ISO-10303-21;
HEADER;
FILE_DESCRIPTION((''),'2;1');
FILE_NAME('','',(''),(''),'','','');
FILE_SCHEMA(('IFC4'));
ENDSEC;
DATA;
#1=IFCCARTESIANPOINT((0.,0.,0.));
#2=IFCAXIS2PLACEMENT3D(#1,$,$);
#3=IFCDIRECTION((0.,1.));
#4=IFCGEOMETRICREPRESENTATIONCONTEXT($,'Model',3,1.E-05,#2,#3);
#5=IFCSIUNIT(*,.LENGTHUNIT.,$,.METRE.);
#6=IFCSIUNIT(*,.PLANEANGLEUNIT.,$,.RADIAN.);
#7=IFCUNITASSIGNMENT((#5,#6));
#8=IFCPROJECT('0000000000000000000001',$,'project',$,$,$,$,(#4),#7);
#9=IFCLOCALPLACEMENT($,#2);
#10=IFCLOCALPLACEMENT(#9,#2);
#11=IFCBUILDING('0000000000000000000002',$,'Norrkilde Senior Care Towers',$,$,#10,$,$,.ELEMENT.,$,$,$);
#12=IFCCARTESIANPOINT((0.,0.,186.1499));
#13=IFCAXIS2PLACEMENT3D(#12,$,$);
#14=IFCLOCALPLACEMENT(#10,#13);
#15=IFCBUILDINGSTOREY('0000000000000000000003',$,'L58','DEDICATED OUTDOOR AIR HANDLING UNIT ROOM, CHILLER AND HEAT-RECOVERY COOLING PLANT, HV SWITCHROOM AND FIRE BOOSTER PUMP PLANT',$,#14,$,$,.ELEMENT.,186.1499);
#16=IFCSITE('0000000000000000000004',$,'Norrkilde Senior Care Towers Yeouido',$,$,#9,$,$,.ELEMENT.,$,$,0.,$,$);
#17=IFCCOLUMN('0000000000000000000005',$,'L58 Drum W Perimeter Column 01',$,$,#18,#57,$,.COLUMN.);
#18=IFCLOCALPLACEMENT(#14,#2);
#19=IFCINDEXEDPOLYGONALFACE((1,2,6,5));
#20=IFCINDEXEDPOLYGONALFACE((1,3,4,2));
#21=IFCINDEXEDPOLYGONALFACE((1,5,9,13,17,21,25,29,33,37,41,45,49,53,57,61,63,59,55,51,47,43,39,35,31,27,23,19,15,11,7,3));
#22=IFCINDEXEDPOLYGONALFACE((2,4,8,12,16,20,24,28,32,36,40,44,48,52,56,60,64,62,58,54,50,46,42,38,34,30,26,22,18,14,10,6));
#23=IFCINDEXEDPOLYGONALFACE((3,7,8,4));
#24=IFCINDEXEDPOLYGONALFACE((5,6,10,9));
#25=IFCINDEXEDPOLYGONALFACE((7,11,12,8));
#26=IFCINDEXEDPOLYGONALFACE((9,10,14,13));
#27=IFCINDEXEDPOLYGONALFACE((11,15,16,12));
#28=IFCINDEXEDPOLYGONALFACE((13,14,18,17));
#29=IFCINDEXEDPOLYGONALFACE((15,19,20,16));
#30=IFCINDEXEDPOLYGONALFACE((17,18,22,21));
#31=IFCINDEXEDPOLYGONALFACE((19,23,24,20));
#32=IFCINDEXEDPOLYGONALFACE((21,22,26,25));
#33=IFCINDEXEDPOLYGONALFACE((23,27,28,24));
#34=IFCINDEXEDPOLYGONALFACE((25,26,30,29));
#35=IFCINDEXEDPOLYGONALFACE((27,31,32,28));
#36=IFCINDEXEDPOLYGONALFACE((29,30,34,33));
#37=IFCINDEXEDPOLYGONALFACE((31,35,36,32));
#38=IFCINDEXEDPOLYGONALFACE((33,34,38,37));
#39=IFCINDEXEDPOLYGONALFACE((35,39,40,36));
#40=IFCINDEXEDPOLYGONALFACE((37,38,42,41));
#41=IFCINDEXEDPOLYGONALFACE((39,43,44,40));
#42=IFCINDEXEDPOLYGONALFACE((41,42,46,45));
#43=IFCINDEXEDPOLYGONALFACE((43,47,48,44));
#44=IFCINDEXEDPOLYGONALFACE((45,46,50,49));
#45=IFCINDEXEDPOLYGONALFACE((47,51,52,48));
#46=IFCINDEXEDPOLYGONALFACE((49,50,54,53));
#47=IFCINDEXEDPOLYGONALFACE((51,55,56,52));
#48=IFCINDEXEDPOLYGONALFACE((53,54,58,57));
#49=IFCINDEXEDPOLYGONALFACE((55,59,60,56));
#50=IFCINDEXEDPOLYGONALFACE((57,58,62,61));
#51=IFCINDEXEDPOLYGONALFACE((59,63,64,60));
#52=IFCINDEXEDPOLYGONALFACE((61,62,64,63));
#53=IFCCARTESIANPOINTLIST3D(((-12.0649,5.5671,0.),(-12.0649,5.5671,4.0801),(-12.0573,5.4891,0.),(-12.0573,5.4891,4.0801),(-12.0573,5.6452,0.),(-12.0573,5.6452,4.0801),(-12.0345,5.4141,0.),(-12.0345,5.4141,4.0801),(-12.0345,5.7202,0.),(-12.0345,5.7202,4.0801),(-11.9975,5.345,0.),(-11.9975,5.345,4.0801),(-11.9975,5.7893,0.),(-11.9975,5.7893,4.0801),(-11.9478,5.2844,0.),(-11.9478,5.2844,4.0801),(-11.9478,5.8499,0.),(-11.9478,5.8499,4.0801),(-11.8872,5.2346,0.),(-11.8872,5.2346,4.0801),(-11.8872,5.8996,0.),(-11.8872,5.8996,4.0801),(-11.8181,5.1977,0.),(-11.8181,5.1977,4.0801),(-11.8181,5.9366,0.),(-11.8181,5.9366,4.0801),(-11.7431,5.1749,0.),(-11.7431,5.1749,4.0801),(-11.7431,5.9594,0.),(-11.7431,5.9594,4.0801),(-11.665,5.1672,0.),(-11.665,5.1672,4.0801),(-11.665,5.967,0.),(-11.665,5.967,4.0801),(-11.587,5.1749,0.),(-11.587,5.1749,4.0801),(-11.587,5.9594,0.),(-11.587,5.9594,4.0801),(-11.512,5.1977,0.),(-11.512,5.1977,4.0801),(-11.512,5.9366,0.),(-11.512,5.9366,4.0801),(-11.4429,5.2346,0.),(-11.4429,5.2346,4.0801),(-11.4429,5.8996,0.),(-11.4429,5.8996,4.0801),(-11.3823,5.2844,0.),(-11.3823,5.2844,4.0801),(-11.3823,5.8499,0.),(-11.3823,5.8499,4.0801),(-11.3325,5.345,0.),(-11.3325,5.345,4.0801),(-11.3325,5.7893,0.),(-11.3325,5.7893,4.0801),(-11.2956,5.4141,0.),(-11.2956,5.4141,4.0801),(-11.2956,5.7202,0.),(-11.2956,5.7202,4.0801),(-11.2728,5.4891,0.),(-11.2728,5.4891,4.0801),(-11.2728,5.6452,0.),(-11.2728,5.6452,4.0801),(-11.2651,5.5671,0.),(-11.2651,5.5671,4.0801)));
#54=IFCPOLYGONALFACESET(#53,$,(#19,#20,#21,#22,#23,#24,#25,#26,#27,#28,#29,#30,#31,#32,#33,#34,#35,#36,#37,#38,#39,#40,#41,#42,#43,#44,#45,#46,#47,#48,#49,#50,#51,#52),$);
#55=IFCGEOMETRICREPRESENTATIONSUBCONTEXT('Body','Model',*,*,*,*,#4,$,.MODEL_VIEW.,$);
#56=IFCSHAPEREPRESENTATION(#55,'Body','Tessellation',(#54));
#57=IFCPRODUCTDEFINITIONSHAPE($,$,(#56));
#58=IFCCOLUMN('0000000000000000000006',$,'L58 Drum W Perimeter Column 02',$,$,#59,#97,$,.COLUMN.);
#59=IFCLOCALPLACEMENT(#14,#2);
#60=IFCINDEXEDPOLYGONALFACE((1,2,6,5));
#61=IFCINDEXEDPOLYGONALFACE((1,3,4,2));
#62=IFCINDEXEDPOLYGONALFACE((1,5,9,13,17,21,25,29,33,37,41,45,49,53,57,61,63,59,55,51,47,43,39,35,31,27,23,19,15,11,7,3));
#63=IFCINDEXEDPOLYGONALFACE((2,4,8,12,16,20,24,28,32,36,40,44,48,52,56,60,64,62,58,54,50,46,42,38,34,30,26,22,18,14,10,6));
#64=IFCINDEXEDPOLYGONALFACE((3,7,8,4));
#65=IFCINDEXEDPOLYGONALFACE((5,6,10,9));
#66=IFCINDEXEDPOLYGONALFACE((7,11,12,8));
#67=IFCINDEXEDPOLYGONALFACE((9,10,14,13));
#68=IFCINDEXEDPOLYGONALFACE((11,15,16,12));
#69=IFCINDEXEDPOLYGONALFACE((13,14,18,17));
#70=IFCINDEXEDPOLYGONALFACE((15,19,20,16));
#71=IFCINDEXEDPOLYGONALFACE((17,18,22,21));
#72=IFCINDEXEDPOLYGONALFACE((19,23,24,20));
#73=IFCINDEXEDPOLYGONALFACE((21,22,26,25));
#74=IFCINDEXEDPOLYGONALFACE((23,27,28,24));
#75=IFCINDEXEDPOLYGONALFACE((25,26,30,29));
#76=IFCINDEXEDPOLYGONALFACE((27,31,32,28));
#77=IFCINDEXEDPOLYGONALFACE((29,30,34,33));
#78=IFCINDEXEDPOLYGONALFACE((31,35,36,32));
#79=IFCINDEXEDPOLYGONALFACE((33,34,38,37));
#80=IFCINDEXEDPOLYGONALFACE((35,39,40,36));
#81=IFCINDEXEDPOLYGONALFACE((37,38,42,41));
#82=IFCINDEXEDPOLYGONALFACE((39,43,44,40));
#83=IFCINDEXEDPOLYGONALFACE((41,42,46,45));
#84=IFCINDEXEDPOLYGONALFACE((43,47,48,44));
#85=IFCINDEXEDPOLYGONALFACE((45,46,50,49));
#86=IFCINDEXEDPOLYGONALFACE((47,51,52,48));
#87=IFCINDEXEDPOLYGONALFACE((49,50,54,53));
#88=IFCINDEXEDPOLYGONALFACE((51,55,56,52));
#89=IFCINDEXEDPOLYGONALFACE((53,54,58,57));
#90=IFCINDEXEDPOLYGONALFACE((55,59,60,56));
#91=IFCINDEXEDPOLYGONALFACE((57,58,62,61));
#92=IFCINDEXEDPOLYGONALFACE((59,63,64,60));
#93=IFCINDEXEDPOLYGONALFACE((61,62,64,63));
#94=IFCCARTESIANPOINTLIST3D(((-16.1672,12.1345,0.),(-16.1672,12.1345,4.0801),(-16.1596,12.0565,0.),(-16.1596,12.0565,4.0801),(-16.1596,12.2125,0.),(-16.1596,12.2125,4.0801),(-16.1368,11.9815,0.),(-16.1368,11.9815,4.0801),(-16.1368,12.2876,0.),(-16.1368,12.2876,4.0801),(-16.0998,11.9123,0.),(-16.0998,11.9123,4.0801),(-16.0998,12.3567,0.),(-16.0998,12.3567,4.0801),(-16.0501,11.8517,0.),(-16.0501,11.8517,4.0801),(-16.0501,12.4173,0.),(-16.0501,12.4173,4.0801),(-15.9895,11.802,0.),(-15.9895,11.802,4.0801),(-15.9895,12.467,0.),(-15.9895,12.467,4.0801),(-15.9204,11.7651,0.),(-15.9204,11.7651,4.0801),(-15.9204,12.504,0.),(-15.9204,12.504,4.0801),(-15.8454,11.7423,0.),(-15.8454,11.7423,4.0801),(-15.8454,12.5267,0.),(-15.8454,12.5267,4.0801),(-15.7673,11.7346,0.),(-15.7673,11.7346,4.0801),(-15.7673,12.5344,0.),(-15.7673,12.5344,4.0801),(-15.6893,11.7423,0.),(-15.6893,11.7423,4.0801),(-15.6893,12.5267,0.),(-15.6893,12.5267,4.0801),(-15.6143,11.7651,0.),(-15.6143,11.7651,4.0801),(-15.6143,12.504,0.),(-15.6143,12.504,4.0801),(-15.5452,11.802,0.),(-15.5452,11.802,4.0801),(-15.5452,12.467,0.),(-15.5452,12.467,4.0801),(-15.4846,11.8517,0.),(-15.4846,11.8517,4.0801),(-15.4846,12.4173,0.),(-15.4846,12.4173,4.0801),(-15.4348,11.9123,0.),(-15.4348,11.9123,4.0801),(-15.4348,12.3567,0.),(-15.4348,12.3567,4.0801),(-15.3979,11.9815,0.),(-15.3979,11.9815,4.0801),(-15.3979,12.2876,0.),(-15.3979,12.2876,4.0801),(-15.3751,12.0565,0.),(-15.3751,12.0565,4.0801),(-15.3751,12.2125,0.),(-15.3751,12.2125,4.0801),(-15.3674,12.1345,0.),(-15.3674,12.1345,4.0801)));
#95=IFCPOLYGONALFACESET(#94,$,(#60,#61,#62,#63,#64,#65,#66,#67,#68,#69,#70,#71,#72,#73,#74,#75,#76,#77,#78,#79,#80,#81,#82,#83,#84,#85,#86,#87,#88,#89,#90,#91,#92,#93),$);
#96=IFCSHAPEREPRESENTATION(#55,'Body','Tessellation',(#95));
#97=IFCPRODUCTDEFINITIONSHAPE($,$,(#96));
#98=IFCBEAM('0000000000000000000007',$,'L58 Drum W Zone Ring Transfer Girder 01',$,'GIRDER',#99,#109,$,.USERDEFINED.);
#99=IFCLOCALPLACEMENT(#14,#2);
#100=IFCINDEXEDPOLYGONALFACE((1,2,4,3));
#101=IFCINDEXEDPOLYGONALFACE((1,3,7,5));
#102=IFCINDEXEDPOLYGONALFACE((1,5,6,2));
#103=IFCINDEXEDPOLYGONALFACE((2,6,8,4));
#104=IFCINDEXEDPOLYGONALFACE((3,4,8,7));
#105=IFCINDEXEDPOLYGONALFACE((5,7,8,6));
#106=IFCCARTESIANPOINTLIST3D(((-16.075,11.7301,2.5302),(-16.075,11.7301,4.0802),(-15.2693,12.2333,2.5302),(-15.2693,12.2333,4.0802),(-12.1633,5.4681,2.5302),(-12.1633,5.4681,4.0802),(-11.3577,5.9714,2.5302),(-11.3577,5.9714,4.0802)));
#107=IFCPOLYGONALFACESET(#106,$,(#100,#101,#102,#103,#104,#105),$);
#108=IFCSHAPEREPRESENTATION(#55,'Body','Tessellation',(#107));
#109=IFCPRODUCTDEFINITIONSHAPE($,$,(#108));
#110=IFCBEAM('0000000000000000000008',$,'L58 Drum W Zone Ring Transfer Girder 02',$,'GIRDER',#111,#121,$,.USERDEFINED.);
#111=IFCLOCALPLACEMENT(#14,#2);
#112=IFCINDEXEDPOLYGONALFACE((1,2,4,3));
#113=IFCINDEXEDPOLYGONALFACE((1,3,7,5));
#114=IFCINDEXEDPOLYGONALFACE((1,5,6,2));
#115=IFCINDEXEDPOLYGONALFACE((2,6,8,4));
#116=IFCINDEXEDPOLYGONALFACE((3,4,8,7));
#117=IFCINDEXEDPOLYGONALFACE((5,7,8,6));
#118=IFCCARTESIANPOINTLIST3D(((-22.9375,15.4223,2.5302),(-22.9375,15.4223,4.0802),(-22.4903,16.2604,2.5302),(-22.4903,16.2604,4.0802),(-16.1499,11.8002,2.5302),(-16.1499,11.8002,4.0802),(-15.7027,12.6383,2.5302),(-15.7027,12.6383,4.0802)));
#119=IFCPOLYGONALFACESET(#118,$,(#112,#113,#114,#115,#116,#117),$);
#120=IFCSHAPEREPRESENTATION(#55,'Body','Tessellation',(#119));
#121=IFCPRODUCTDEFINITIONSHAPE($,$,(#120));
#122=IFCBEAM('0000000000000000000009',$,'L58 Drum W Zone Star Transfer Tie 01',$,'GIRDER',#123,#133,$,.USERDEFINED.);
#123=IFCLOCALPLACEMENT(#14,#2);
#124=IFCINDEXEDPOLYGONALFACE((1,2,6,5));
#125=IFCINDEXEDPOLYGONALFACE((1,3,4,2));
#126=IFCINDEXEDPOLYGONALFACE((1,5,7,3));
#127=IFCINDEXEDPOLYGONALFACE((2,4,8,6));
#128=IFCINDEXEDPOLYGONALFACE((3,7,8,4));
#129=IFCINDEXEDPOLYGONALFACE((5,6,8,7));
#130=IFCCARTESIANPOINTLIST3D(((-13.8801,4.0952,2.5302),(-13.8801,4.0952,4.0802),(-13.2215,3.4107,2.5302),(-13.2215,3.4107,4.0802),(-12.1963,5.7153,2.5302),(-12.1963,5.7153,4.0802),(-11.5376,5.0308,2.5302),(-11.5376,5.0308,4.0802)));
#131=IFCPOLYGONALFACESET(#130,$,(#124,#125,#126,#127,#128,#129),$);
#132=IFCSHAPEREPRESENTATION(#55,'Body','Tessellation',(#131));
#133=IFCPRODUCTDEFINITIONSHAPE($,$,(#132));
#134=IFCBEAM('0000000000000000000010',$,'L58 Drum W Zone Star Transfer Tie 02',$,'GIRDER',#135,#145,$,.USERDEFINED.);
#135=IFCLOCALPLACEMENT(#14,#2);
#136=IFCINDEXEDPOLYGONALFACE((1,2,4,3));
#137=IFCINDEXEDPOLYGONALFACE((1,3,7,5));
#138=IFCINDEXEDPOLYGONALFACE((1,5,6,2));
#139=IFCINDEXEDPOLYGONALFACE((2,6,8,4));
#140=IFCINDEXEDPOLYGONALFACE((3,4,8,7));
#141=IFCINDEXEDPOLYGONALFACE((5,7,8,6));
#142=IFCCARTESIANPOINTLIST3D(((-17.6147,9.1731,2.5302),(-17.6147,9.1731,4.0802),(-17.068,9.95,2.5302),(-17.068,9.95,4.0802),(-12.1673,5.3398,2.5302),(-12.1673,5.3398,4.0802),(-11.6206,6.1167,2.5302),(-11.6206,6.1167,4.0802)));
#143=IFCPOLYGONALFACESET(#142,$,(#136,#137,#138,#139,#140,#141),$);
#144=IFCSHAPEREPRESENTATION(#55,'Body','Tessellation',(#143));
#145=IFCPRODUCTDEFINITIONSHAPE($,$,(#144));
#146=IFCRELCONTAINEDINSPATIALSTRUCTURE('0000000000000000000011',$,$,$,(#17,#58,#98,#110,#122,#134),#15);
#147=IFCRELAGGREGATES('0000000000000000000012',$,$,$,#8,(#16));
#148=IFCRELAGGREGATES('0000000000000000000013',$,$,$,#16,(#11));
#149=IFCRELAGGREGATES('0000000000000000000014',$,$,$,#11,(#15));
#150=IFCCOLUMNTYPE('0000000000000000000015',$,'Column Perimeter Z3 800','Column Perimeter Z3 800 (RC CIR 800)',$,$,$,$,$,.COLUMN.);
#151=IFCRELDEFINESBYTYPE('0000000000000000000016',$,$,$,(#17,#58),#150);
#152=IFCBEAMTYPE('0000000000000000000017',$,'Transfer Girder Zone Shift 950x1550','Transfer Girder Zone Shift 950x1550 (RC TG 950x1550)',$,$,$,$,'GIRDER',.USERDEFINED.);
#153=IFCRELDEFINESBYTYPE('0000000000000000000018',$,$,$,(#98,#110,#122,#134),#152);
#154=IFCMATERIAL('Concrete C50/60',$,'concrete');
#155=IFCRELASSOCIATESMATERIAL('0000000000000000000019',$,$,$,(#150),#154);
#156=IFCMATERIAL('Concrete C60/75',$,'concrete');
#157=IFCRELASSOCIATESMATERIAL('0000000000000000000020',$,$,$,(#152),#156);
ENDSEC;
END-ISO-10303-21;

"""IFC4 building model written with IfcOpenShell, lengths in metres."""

from ifc_helpers import new_model, si_unit, direction, frame, origin, origin_2d, place, context, subcontext, project, spatial, rectangle, circle, extrude, source, transform, mapped, material, material_profile, profile_set, type_object, type_shapes, element, save


model = new_model("IFC4")

# Units and contexts
model_context = context("Model", 3, precision=1e-05, world=origin(), true_north=direction((0.0, 1.0)))
body_context = subcontext(model_context, "Body", "Model", "MODEL_VIEW")
ifc_project = project(units=[si_unit("LENGTHUNIT", "METRE"), si_unit("PLANEANGLEUNIT", "RADIAN")], contexts=[model_context])

# Site, building, storey
site_placement = place(None, origin())
site = spatial("IfcSite", under=ifc_project, at=site_placement, Name="Norrkilde Senior Care Towers Yeouido", CompositionType="ELEMENT", RefElevation=0.0)
building_placement = place(site_placement, origin())
building = spatial("IfcBuilding", under=site, at=building_placement, Name="Norrkilde Senior Care Towers", CompositionType="ELEMENT")
storey_placement = place(building_placement, frame((0.0, 0.0, 186.1499)))
storey = spatial("IfcBuildingStorey", under=building, at=storey_placement, Name="L58", Description="DEDICATED OUTDOOR AIR HANDLING UNIT ROOM, CHILLER AND HEAT-RECOVERY COOLING PLANT, HV SWITCHROOM AND FIRE BOOSTER PUMP PLANT", CompositionType="ELEMENT", Elevation=186.1499)

# Columns
ifc_material_1 = material(Name="Concrete C50/60", Category="concrete")
ifc_material_profile_1 = material_profile(ifc_material_1, circle(Radius=0.3999, at=origin_2d()), Name="RC CIR 800")
ifc_profile_set_1 = profile_set([ifc_material_profile_1], Name="Concrete C50/60")
column_type = type_object("IfcColumnType", Name="Column Perimeter Z3 800", Description="Column Perimeter Z3 800 (RC CIR 800)", PredefinedType="COLUMN", material=ifc_profile_set_1)
shared_shape_1 = source(origin(), body_context, "Body", "SweptSolid", [
    extrude(circle(Radius=0.3999, at=origin_2d()), origin(), (0.0, 0.0, 1.0), 4.0801),
])
type_shapes(column_type, [shared_shape_1])
for number, where, z_axis, x_axis, name in (
    (1, (-11.665, 5.5671, 0.0), (0.0, 0.0, 1.0), (1.0, 0.0, 0.0), "L58 Drum W Perimeter Column 01"),
    (2, (-15.7673, 12.1345, 0.0), (0.0, 0.0, 1.0), (1.0, 0.0, 0.0), "L58 Drum W Perimeter Column 02"),
):
    element("IfcColumn", number, at=place(storey_placement, frame(where, z_axis=z_axis, x_axis=x_axis)), inside=storey, type_object=column_type, Name=name, PredefinedType="COLUMN", context=body_context, shape_type="MappedRepresentation", body=[
        mapped(shared_shape_1, transform((0.0, 0.0, 0.0), x_axis=(1.0, 0.0, 0.0), y_axis=(0.0, 1.0, 0.0), z_axis=(0.0, 0.0, 1.0), scale=1.0)),
    ])

# Beams
ifc_material_2 = material(Name="Concrete C60/75", Category="concrete")
ifc_material_profile_2 = material_profile(ifc_material_2, rectangle(XDim=0.95, YDim=1.55, at=origin_2d()), Name="RC TG 950x1550")
ifc_profile_set_2 = profile_set([ifc_material_profile_2], Name="Concrete C60/75")
beam_type = type_object("IfcBeamType", Name="Transfer Girder Zone Shift 950x1550", Description="Transfer Girder Zone Shift 950x1550 (RC TG 950x1550)", ElementType="GIRDER", PredefinedType="USERDEFINED", material=ifc_profile_set_2)
shared_shape_2 = source(origin(), body_context, "Body", "SweptSolid", [
    extrude(rectangle(XDim=0.95, YDim=1.55, at=origin_2d()), origin(), (0.0, 0.0, 1.0), 7.3833),
])
beam_1_placement = place(storey_placement, frame((-11.7605, 5.7197, 3.3052), z_axis=(-0.529794, 0.848126, 0.0), x_axis=(-0.848126, -0.529794, 0.0)))
element("IfcBeam", 3, at=beam_1_placement, inside=storey, type_object=beam_type, Name="L58 Drum W Zone Ring Transfer Girder 01", ObjectType="GIRDER", PredefinedType="USERDEFINED", context=body_context, shape_type="MappedRepresentation", body=[
    mapped(shared_shape_2, transform((0.0, 0.0, 0.0), x_axis=(1.0, 0.0, 0.0), y_axis=(0.0, 1.0, 0.0), z_axis=(0.0, 0.0, 1.0), scale=1.0)),
])
shared_shape_3 = source(origin(), body_context, "Body", "SweptSolid", [
    extrude(rectangle(XDim=0.95, YDim=1.55, at=origin_2d()), origin(), (0.0, 0.0, 1.0), 7.6936),
])
beam_2_placement = place(storey_placement, frame((-15.9263, 12.2192, 3.3052), z_axis=(-0.882244, 0.470792, 0.0), x_axis=(-0.470792, -0.882244, 0.0)))
element("IfcBeam", 4, at=beam_2_placement, inside=storey, type_object=beam_type, Name="L58 Drum W Zone Ring Transfer Girder 02", ObjectType="GIRDER", PredefinedType="USERDEFINED", context=body_context, shape_type="MappedRepresentation", body=[
    mapped(shared_shape_3, transform((0.0, 0.0, 0.0), x_axis=(1.0, 0.0, 0.0), y_axis=(0.0, 1.0, 0.0), z_axis=(0.0, 0.0, 1.0), scale=1.0)),
])
shared_shape_4 = source(origin(), body_context, "Body", "SweptSolid", [
    extrude(rectangle(XDim=0.95, YDim=1.55, at=origin_2d()), origin(), (0.0, 0.0, 1.0), 2.3367),
])
beam_3_placement = place(storey_placement, frame((-13.5508, 3.7529, 3.3052), z_axis=(0.72061, 0.69334, 0.0), x_axis=(-0.69334, 0.72061, 0.0)))
element("IfcBeam", 5, at=beam_3_placement, inside=storey, type_object=beam_type, Name="L58 Drum W Zone Star Transfer Tie 01", ObjectType="GIRDER", PredefinedType="USERDEFINED", context=body_context, shape_type="MappedRepresentation", body=[
    mapped(shared_shape_4, transform((0.0, 0.0, 0.0), x_axis=(1.0, 0.0, 0.0), y_axis=(0.0, 1.0, 0.0), z_axis=(0.0, 0.0, 1.0), scale=1.0)),
])
shared_shape_5 = source(origin(), body_context, "Body", "SweptSolid", [
    extrude(rectangle(XDim=0.95, YDim=1.55, at=origin_2d()), origin(), (0.0, 0.0, 1.0), 6.6609),
])
type_shapes(beam_type, [shared_shape_2, shared_shape_3, shared_shape_4, shared_shape_5])
beam_4_placement = place(storey_placement, frame((-17.3413, 9.5615, 3.3052), z_axis=(0.817807, -0.575492, 0.0), x_axis=(0.575492, 0.817807, 0.0)))
element("IfcBeam", 6, at=beam_4_placement, inside=storey, type_object=beam_type, Name="L58 Drum W Zone Star Transfer Tie 02", ObjectType="GIRDER", PredefinedType="USERDEFINED", context=body_context, shape_type="MappedRepresentation", body=[
    mapped(shared_shape_5, transform((0.0, 0.0, 0.0), x_axis=(1.0, 0.0, 0.0), y_axis=(0.0, 1.0, 0.0), z_axis=(0.0, 0.0, 1.0), scale=1.0)),
])

save(model, "model.ifc")
